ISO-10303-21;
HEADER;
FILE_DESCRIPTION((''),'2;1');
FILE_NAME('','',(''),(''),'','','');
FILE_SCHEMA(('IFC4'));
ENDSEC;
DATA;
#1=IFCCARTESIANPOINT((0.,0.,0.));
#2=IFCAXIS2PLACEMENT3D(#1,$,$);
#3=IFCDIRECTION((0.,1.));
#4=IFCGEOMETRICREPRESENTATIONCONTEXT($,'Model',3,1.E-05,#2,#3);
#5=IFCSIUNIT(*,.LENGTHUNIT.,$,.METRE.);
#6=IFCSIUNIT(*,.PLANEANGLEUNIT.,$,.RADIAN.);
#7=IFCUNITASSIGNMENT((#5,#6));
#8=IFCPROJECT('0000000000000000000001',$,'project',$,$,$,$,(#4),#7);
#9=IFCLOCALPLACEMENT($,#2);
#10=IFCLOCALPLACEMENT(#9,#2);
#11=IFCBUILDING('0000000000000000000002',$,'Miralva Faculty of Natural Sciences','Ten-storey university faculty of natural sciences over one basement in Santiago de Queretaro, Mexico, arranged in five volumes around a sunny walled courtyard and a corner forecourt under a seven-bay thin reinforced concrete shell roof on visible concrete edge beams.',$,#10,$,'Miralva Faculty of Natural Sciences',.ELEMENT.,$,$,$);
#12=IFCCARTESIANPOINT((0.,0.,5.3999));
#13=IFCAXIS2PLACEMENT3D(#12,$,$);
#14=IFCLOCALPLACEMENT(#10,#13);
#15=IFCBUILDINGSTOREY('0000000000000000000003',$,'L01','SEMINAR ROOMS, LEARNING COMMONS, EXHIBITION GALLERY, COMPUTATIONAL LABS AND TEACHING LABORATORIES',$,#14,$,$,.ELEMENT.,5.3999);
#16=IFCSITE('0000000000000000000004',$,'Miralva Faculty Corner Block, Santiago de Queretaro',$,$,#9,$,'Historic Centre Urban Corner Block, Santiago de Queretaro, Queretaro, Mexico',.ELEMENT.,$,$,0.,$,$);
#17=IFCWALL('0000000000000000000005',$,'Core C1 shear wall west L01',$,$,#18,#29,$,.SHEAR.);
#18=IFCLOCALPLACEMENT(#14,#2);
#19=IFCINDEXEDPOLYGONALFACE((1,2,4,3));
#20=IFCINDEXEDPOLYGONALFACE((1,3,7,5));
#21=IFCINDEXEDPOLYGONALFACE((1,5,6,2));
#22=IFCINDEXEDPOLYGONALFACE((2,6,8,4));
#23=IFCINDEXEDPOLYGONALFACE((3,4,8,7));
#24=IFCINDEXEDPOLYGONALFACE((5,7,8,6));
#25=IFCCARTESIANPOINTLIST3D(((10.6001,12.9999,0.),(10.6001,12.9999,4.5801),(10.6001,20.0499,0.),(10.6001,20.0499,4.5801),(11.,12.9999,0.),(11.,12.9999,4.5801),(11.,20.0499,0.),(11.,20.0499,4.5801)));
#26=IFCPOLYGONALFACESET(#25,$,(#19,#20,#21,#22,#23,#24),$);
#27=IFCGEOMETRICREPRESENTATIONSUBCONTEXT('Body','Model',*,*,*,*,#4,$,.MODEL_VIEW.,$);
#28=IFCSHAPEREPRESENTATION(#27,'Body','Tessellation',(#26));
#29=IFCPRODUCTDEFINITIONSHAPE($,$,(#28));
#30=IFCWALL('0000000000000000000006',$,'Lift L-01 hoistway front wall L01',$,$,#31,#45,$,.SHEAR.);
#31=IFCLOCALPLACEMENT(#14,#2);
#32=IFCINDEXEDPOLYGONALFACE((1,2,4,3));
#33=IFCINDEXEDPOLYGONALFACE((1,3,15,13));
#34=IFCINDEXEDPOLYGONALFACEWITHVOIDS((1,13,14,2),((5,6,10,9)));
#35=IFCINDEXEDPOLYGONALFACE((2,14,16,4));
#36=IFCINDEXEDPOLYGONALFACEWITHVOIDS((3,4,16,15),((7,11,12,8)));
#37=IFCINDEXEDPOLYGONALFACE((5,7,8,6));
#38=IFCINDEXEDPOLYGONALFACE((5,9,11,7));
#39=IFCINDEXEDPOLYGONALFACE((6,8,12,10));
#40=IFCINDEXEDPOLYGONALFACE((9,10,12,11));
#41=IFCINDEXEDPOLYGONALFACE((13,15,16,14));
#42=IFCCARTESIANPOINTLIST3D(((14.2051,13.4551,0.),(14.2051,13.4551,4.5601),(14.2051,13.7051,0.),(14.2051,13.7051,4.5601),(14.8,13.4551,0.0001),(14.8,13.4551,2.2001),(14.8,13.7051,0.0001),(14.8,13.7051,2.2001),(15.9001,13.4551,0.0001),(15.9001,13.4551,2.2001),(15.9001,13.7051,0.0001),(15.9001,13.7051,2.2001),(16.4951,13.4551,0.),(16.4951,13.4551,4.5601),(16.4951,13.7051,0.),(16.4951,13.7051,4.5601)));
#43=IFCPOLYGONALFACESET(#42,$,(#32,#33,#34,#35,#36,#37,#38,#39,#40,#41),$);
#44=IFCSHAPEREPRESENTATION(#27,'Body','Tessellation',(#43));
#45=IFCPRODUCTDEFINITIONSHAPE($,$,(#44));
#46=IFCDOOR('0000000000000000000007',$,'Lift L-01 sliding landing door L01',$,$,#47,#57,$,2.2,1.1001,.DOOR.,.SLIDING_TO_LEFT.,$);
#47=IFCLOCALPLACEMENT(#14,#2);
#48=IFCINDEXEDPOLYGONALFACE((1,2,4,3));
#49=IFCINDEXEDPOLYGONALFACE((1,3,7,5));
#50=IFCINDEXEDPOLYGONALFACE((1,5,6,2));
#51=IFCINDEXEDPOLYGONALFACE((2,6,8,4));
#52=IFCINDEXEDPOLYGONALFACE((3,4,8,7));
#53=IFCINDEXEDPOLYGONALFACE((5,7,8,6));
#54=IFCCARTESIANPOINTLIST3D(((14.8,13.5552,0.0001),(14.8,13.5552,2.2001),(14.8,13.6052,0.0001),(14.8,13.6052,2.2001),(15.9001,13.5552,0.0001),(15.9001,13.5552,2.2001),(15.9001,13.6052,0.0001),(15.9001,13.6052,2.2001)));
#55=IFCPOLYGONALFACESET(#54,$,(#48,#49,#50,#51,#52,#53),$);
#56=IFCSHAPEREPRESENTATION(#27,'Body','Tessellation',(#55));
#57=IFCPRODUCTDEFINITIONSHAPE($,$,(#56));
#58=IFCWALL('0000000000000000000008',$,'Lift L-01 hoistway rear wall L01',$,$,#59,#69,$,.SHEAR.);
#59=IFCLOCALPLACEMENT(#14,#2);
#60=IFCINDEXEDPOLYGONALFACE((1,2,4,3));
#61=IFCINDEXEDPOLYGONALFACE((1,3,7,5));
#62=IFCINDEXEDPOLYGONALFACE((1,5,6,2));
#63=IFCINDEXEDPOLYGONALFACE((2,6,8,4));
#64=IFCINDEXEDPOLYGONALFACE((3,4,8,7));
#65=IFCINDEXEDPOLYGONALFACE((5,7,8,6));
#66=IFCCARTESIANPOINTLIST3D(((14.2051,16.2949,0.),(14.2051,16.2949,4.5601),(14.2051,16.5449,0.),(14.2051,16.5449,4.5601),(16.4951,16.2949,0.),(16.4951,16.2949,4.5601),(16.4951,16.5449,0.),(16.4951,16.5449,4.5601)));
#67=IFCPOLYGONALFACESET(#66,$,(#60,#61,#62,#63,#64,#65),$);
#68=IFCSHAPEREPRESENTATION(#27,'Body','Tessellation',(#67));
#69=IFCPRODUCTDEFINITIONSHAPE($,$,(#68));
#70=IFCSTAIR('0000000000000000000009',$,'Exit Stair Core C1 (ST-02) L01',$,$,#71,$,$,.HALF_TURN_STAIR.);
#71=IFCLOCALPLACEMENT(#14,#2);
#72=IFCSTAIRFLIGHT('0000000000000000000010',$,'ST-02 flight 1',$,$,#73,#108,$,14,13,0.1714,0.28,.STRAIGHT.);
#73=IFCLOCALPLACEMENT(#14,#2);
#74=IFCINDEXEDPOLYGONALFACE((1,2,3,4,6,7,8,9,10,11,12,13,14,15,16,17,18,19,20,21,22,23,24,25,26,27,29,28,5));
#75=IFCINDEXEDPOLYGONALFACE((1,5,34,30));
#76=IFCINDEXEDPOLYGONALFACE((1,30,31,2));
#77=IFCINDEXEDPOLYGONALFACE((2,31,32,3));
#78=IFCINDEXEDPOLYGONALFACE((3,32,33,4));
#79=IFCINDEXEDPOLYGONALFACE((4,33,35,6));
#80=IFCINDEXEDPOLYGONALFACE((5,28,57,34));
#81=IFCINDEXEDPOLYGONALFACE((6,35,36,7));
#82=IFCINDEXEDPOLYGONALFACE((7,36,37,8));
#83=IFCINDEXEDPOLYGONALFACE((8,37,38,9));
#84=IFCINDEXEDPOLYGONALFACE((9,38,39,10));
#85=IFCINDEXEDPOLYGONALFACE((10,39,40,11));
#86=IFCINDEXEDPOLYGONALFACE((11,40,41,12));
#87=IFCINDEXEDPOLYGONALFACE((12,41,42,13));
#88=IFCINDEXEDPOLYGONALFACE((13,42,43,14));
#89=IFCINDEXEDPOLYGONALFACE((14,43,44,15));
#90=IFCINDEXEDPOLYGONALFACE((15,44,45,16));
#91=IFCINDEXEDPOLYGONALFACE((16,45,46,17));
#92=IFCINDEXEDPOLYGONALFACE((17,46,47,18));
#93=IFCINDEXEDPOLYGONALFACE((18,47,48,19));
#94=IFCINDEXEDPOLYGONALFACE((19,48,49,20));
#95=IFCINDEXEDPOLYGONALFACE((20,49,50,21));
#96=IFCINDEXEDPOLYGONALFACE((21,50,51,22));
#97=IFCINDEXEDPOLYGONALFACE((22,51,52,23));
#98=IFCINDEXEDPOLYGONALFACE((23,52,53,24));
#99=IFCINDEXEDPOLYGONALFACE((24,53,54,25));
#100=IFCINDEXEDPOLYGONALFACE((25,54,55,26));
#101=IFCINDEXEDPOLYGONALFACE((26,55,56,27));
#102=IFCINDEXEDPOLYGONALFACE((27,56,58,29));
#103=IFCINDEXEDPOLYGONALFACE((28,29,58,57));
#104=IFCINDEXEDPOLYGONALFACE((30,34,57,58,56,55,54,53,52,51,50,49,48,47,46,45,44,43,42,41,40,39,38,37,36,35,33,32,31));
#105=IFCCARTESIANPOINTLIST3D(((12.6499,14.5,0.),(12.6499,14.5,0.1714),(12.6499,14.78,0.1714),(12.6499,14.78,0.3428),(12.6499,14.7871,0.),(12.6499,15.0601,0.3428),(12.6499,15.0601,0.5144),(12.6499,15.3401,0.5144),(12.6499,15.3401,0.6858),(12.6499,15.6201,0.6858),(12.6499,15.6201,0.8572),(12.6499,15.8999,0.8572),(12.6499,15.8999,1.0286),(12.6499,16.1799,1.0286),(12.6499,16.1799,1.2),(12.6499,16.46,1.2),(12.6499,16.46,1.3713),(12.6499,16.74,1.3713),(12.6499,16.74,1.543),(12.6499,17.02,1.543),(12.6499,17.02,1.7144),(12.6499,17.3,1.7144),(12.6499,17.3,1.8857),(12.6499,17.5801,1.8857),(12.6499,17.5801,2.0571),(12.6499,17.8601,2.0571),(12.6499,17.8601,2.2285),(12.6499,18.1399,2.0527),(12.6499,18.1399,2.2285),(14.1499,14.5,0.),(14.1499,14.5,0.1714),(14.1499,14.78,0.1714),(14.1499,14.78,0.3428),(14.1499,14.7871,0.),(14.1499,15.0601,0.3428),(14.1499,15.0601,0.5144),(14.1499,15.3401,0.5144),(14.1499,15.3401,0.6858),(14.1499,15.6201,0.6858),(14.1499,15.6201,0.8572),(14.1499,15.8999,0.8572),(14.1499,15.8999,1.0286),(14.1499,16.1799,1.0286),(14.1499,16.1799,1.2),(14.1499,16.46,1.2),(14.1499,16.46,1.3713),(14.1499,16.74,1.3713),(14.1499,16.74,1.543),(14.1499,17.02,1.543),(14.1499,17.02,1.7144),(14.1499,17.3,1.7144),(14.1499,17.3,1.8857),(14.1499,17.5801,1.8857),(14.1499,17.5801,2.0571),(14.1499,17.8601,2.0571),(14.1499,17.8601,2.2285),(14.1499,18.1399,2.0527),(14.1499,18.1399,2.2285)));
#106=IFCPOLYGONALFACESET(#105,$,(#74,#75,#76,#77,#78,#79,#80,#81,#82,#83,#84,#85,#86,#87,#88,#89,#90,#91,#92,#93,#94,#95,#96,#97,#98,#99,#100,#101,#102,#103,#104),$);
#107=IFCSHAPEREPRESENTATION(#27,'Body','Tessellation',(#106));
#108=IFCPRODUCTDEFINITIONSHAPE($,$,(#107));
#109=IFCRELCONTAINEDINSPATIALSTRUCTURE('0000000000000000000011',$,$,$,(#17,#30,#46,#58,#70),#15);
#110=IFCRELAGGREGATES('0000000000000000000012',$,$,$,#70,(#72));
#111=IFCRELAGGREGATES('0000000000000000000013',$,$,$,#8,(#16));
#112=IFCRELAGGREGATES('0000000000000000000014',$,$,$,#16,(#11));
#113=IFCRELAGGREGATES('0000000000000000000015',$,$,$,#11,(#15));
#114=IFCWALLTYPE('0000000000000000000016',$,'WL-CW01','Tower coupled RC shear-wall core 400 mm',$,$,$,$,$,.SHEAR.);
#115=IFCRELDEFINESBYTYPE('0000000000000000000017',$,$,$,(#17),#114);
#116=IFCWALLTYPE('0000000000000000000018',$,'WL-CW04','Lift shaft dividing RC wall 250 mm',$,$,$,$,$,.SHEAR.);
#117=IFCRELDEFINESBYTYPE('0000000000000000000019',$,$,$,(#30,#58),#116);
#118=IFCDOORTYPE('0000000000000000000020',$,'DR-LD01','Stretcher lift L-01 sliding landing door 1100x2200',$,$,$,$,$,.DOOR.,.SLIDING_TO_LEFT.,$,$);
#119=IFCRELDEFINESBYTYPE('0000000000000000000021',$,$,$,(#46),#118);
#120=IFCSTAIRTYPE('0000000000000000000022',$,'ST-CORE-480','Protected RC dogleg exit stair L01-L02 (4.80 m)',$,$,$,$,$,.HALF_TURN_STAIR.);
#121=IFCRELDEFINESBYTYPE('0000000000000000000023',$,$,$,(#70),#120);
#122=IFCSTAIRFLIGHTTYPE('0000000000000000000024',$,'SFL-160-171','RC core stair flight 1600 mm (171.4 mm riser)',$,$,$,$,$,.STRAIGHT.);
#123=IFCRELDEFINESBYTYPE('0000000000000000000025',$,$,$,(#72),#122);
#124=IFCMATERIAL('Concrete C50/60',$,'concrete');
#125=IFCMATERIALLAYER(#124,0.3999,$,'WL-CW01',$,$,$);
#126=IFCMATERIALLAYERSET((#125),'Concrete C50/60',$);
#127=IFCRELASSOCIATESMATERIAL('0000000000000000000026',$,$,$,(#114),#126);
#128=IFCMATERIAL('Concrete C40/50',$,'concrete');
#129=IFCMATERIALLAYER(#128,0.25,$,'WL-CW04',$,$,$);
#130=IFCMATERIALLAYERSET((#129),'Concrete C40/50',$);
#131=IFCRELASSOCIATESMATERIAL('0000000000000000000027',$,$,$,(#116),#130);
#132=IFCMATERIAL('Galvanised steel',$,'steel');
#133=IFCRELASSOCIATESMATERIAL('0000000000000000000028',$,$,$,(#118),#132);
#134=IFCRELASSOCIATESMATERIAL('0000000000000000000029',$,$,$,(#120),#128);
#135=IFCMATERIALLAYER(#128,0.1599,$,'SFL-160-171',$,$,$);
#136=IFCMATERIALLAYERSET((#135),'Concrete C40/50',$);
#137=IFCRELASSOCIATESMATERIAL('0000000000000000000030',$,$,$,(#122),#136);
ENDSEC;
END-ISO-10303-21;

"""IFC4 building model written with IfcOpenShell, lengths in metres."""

from ifc_helpers import new_model, si_unit, direction, frame, frame_2d, origin, place, context, subcontext, project, spatial, polyline, rectangle, outline, extrude, material, layer, layer_set, type_object, element, fill, aggregate, save


model = new_model("IFC4")

# Units and contexts
model_context = context("Model", 3, precision=1e-05, world=origin(), true_north=direction((0.0, 1.0)))
body_context = subcontext(model_context, "Body", "Model", "MODEL_VIEW")
ifc_project = project(units=[si_unit("LENGTHUNIT", "METRE"), si_unit("PLANEANGLEUNIT", "RADIAN")], contexts=[model_context])

# Site, building, storey
site_placement = place(None, origin())
site = spatial("IfcSite", under=ifc_project, at=site_placement, Name="Miralva Faculty Corner Block, Santiago de Queretaro", LongName="Historic Centre Urban Corner Block, Santiago de Queretaro, Queretaro, Mexico", CompositionType="ELEMENT", RefElevation=0.0)
building_placement = place(site_placement, origin())
building = spatial("IfcBuilding", under=site, at=building_placement, Name="Miralva Faculty of Natural Sciences", Description="Ten-storey university faculty of natural sciences over one basement in Santiago de Queretaro, Mexico, arranged in five volumes around a sunny walled courtyard and a corner forecourt under a seven-bay thin reinforced concrete shell roof on visible concrete edge beams.", LongName="Miralva Faculty of Natural Sciences", CompositionType="ELEMENT")
storey_placement = place(building_placement, frame((0.0, 0.0, 5.3999)))
storey = spatial("IfcBuildingStorey", under=building, at=storey_placement, Name="L01", Description="SEMINAR ROOMS, LEARNING COMMONS, EXHIBITION GALLERY, COMPUTATIONAL LABS AND TEACHING LABORATORIES", CompositionType="ELEMENT", Elevation=5.3999)

# Shared definitions
ifc_material_1 = material(Name="Concrete C50/60", Category="concrete")
ifc_layer_1 = layer(ifc_material_1, 0.3999, Name="WL-CW01")
ifc_layer_set_1 = layer_set([ifc_layer_1], Name="Concrete C50/60")
wall_type_1 = type_object("IfcWallType", Name="WL-CW01", Description="Tower coupled RC shear-wall core 400 mm", PredefinedType="SHEAR", material=ifc_layer_set_1)
ifc_material_2 = material(Name="Galvanised steel", Category="steel")

# Wall
wall_1_placement = place(storey_placement, frame((10.8, 13.0, 0.0), z_axis=(0.0, 0.0, 1.0), x_axis=(0.0, 1.0, 0.0)))
element("IfcWall", 1, at=wall_1_placement, inside=storey, type_object=wall_type_1, Name="Core C1 shear wall west L01", PredefinedType="SHEAR", context=body_context, shape_type="SweptSolid", body=[
    extrude(rectangle(XDim=7.05, YDim=0.3999, at=frame_2d((3.5249, 0.0))), origin(), (0.0, 0.0, 1.0), 4.5801),
])

# Wall, opening, door
ifc_material_3 = material(Name="Concrete C40/50", Category="concrete")
ifc_layer_2 = layer(ifc_material_3, 0.25, Name="WL-CW04")
ifc_layer_set_2 = layer_set([ifc_layer_2], Name="Concrete C40/50")
wall_type_2 = type_object("IfcWallType", Name="WL-CW04", Description="Lift shaft dividing RC wall 250 mm", PredefinedType="SHEAR", material=ifc_layer_set_2)
wall_2_placement = place(storey_placement, frame((14.2051, 13.5801, 0.0), z_axis=(0.0, 0.0, 1.0), x_axis=(1.0, 0.0, 0.0)))
wall_2 = element("IfcWall", 2, at=wall_2_placement, inside=storey, type_object=wall_type_2, Name="Lift L-01 hoistway front wall L01", PredefinedType="SHEAR", context=body_context, shape_type="SweptSolid", body=[
    extrude(rectangle(XDim=2.29, YDim=0.25, at=frame_2d((1.145, 0.0))), origin(), (0.0, 0.0, 1.0), 4.5601),
])
opening_1_placement = place(wall_2_placement, frame((0.595, 0.0, 0.0)))
opening_1 = element("IfcOpeningElement", 3, at=opening_1_placement, cuts=wall_2, PredefinedType="OPENING", context=body_context, shape_type="SweptSolid", body=[
    extrude(rectangle(XDim=1.1001, YDim=2.2, at=frame_2d((0.55, 1.1001))), frame((0.0, 0.135, 0.0), z_axis=(0.0, -1.0, 0.0), x_axis=(1.0, 0.0, 0.0)), (0.0, 0.0, 1.0), 0.27),
])
door_type_1 = type_object("IfcDoorType", Name="DR-LD01", Description="Stretcher lift L-01 sliding landing door 1100x2200", OperationType="SLIDING_TO_LEFT", PredefinedType="DOOR", material=ifc_material_2)
door_1_placement = place(opening_1_placement, frame((1.1001, 0.0, 0.0), z_axis=(0.0, 0.0, 1.0), x_axis=(-1.0, 0.0, 0.0)))
door_1 = element("IfcDoor", 4, at=door_1_placement, inside=storey, type_object=door_type_1, Name="Lift L-01 sliding landing door L01", OperationType="SLIDING_TO_LEFT", OverallHeight=2.2, OverallWidth=1.1001, PredefinedType="DOOR", context=body_context, shape_type="SweptSolid", body=[
    extrude(rectangle(XDim=1.1001, YDim=2.2, at=frame_2d((0.55, 1.1001))), frame((0.0, 0.0249, 0.0), z_axis=(0.0, -1.0, 0.0), x_axis=(1.0, 0.0, 0.0)), (0.0, 0.0, 1.0), 0.05),
])
fill(opening_1, door_1)

# Wall
wall_3_placement = place(storey_placement, frame((14.2051, 16.4199, 0.0), z_axis=(0.0, 0.0, 1.0), x_axis=(1.0, 0.0, 0.0)))
element("IfcWall", 5, at=wall_3_placement, inside=storey, type_object=wall_type_2, Name="Lift L-01 hoistway rear wall L01", PredefinedType="SHEAR", context=body_context, shape_type="SweptSolid", body=[
    extrude(rectangle(XDim=2.29, YDim=0.25, at=frame_2d((1.145, 0.0))), origin(), (0.0, 0.0, 1.0), 4.5601),
])

# Stair, stair flight
stair_type = type_object("IfcStairType", Name="ST-CORE-480", Description="Protected RC dogleg exit stair L01-L02 (4.80 m)", PredefinedType="HALF_TURN_STAIR", material=ifc_material_3)
stair_placement = place(storey_placement, origin())
stair = element("IfcStair", 6, at=stair_placement, inside=storey, type_object=stair_type, Name="Exit Stair Core C1 (ST-02) L01", PredefinedType="HALF_TURN_STAIR")
ifc_layer_3 = layer(ifc_material_3, 0.1599, Name="SFL-160-171")
ifc_layer_set_3 = layer_set([ifc_layer_3], Name="Concrete C40/50")
stair_flight_type = type_object("IfcStairFlightType", Name="SFL-160-171", Description="RC core stair flight 1600 mm (171.4 mm riser)", PredefinedType="STRAIGHT", material=ifc_layer_set_3)
stair_flight_placement = place(storey_placement, frame((13.3999, 14.5, 0.0), z_axis=(0.0, 0.0, 1.0), x_axis=(0.0, 1.0, 0.0)))
stair_flight = element("IfcStairFlight", 7, at=stair_flight_placement, type_object=stair_flight_type, Name="ST-02 flight 1", NumberOfRisers=14, NumberOfTreads=13, PredefinedType="STRAIGHT", RiserHeight=0.1714, TreadLength=0.28, context=body_context, shape_type="SweptSolid", body=[
    extrude(outline(polyline([(0.0, 0.0), (0.0, 0.1714), (0.28, 0.1714), (0.28, 0.3428), (0.5601, 0.3428), (0.5601, 0.5144), (0.8401, 0.5144), (0.8401, 0.6858), (1.1201, 0.6858), (1.1201, 0.8572), (1.3999, 0.8572), (1.3999, 1.0286), (1.6799, 1.0286), (1.6799, 1.2), (1.96, 1.2), (1.96, 1.3713), (2.24, 1.3713), (2.24, 1.543), (2.52, 1.543), (2.52, 1.7144), (2.8, 1.7144), (2.8, 1.8857), (3.0801, 1.8857), (3.0801, 2.0571), (3.3601, 2.0571), (3.3601, 2.2285), (3.6399, 2.2285), (3.6399, 2.3999), (3.6399, 2.0527), (0.2871, 0.0), (0.0, 0.0)])), frame((0.0, 0.75, 0.0), z_axis=(0.0, -1.0, 0.0), x_axis=(1.0, 0.0, 0.0)), (0.0, 0.0, 1.0), 1.5),
])
aggregate(stair, [stair_flight])

save(model, "model.ifc")
